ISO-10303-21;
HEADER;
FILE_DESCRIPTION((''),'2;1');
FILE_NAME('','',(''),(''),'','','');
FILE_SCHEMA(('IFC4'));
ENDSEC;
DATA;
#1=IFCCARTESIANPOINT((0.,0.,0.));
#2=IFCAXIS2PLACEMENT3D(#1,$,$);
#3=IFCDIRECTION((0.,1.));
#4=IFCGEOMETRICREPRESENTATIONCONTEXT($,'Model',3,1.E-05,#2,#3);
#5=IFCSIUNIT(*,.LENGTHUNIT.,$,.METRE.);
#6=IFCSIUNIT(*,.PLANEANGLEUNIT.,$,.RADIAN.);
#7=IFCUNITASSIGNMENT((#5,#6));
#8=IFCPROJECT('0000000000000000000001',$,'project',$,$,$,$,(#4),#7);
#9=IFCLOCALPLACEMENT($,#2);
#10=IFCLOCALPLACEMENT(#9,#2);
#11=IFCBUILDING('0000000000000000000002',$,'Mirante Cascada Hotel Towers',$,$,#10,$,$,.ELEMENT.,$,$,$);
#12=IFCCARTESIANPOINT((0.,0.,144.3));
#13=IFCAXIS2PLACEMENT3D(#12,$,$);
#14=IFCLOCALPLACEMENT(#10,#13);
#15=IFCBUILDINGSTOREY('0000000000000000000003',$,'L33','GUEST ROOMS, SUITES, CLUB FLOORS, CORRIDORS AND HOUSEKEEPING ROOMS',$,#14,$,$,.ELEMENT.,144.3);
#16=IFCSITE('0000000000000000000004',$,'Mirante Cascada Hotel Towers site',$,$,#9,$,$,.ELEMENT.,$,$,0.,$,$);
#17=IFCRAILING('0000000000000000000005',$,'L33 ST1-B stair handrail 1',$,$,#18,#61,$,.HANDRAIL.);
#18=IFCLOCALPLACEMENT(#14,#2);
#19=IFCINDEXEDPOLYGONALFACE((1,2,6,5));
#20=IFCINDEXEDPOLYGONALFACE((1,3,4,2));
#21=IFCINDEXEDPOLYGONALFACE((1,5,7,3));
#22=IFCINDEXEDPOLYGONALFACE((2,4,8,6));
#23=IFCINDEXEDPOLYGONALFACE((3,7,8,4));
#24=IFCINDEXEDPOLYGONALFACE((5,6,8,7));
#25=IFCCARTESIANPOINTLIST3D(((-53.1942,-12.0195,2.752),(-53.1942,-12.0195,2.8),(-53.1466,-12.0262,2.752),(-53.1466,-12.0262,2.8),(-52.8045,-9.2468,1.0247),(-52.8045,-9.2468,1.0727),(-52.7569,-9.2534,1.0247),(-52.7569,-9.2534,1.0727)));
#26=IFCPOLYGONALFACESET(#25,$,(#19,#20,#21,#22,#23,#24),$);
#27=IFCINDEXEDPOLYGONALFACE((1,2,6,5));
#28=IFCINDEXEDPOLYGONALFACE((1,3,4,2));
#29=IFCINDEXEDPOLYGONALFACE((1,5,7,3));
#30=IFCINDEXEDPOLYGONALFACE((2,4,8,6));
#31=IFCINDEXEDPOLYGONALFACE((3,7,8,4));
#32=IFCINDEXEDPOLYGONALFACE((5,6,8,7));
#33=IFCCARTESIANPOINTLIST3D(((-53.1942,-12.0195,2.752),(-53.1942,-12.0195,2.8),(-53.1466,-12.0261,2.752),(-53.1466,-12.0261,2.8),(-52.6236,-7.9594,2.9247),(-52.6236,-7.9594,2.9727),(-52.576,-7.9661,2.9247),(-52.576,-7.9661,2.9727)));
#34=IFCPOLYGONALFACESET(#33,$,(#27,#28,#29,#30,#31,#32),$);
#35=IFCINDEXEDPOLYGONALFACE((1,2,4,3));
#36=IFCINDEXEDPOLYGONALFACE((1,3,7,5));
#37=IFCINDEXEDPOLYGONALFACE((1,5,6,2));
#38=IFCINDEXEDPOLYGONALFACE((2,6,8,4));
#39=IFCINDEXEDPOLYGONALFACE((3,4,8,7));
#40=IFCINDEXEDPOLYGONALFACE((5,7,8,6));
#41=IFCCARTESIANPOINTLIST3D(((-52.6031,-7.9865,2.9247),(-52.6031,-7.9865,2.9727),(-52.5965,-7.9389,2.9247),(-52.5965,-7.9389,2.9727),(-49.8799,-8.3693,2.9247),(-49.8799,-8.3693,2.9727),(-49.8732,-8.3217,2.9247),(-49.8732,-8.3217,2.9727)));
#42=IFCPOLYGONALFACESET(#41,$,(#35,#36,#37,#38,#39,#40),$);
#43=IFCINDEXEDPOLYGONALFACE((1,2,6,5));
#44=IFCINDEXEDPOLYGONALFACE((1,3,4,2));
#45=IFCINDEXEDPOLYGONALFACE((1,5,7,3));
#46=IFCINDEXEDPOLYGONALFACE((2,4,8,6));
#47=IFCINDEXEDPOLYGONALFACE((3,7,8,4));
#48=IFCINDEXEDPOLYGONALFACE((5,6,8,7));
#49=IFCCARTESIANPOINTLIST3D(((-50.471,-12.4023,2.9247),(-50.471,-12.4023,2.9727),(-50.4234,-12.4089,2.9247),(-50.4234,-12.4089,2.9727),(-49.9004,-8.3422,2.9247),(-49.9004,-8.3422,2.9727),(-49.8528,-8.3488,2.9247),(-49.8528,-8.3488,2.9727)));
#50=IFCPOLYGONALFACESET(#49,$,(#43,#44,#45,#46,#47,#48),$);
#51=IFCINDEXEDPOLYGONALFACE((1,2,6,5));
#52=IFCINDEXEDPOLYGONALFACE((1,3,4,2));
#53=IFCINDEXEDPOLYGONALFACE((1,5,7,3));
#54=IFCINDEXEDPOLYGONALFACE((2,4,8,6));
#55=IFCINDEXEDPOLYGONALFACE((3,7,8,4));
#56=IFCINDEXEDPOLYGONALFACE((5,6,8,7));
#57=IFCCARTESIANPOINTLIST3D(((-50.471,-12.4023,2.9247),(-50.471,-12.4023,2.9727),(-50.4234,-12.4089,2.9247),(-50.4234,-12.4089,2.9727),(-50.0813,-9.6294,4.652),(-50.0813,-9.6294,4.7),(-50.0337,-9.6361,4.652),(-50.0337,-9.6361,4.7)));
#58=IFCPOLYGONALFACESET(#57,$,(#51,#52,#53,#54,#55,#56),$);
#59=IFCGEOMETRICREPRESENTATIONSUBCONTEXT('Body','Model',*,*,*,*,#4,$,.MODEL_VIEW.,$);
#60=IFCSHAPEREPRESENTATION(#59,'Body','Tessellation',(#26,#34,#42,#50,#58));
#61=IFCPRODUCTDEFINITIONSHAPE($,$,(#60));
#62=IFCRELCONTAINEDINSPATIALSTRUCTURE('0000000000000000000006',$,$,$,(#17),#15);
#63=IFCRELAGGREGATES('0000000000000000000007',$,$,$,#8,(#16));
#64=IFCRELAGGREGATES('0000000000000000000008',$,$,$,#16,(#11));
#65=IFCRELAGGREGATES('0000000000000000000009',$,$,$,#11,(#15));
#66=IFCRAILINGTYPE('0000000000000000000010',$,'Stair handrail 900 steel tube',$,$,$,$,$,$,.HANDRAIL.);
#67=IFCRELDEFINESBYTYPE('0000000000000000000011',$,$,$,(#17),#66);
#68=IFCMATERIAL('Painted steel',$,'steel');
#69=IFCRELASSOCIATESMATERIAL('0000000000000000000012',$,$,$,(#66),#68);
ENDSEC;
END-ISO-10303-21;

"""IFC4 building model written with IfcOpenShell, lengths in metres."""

from ifc_helpers import new_model, si_unit, direction, frame, origin, origin_2d, place, context, subcontext, project, spatial, rectangle, extrude, material, type_object, element, save


model = new_model("IFC4")

# Units and contexts
model_context = context("Model", 3, precision=1e-05, world=origin(), true_north=direction((0.0, 1.0)))
body_context = subcontext(model_context, "Body", "Model", "MODEL_VIEW")
ifc_project = project(units=[si_unit("LENGTHUNIT", "METRE"), si_unit("PLANEANGLEUNIT", "RADIAN")], contexts=[model_context])

# Site, building, storey
site_placement = place(None, origin())
site = spatial("IfcSite", under=ifc_project, at=site_placement, Name="Mirante Cascada Hotel Towers site", CompositionType="ELEMENT", RefElevation=0.0)
building_placement = place(site_placement, origin())
building = spatial("IfcBuilding", under=site, at=building_placement, Name="Mirante Cascada Hotel Towers", CompositionType="ELEMENT")
storey_placement = place(building_placement, frame((0.0, 0.0, 144.3)))
storey = spatial("IfcBuildingStorey", under=building, at=storey_placement, Name="L33", Description="GUEST ROOMS, SUITES, CLUB FLOORS, CORRIDORS AND HOUSEKEEPING ROOMS", CompositionType="ELEMENT", Elevation=144.3)

# Railing
ifc_material_1 = material(Name="Painted steel", Category="steel")
railing_type_1 = type_object("IfcRailingType", Name="Stair handrail 900 steel tube", PredefinedType="HANDRAIL", material=ifc_material_1)
railing_1_placement = place(storey_placement, frame((-52.7807, -9.2501, 0.1727)))
element("IfcRailing", 1, at=railing_1_placement, inside=storey, type_object=railing_type_1, Name="L33 ST1-B stair handrail 1", PredefinedType="HANDRAIL", context=body_context, shape_type="SweptSolid", body=[
    extrude(rectangle(XDim=0.048, YDim=0.048, at=origin_2d()), frame((0.0, 0.0, 0.876), z_axis=(-0.139181, -0.990267, 0.0), x_axis=(0.990267, -0.139181, 0.0)), (0.0, 0.525035, 0.851081), 3.2899),
    extrude(rectangle(XDim=0.048, YDim=0.048, at=origin_2d()), frame((-0.3897, -2.7727, 2.6033), z_axis=(0.139171, 0.990268, 0.0), x_axis=(-0.990268, 0.139171, 0.0)), (0.0, 0.042085, 0.999114), 4.1036),
    extrude(rectangle(XDim=0.048, YDim=0.048, at=origin_2d()), frame((0.1809, 1.2874, 2.776), z_axis=(0.990264, -0.139201, 0.0), x_axis=(0.139201, 0.990264, 0.0)), (0.0, 0.0, 1.0), 2.75),
    extrude(rectangle(XDim=0.048, YDim=0.048, at=origin_2d()), frame((2.9041, 0.9046, 2.776), z_axis=(-0.139171, -0.990268, 0.0), x_axis=(0.990268, -0.139171, 0.0)), (0.0, 0.0, 1.0), 4.1),
    extrude(rectangle(XDim=0.048, YDim=0.048, at=origin_2d()), frame((2.3335, -3.1555, 2.776), z_axis=(0.139176, 0.990268, 0.0), x_axis=(-0.990268, 0.139176, 0.0)), (0.0, 0.525021, 0.851089), 3.29),
])

save(model, "model.ifc")
